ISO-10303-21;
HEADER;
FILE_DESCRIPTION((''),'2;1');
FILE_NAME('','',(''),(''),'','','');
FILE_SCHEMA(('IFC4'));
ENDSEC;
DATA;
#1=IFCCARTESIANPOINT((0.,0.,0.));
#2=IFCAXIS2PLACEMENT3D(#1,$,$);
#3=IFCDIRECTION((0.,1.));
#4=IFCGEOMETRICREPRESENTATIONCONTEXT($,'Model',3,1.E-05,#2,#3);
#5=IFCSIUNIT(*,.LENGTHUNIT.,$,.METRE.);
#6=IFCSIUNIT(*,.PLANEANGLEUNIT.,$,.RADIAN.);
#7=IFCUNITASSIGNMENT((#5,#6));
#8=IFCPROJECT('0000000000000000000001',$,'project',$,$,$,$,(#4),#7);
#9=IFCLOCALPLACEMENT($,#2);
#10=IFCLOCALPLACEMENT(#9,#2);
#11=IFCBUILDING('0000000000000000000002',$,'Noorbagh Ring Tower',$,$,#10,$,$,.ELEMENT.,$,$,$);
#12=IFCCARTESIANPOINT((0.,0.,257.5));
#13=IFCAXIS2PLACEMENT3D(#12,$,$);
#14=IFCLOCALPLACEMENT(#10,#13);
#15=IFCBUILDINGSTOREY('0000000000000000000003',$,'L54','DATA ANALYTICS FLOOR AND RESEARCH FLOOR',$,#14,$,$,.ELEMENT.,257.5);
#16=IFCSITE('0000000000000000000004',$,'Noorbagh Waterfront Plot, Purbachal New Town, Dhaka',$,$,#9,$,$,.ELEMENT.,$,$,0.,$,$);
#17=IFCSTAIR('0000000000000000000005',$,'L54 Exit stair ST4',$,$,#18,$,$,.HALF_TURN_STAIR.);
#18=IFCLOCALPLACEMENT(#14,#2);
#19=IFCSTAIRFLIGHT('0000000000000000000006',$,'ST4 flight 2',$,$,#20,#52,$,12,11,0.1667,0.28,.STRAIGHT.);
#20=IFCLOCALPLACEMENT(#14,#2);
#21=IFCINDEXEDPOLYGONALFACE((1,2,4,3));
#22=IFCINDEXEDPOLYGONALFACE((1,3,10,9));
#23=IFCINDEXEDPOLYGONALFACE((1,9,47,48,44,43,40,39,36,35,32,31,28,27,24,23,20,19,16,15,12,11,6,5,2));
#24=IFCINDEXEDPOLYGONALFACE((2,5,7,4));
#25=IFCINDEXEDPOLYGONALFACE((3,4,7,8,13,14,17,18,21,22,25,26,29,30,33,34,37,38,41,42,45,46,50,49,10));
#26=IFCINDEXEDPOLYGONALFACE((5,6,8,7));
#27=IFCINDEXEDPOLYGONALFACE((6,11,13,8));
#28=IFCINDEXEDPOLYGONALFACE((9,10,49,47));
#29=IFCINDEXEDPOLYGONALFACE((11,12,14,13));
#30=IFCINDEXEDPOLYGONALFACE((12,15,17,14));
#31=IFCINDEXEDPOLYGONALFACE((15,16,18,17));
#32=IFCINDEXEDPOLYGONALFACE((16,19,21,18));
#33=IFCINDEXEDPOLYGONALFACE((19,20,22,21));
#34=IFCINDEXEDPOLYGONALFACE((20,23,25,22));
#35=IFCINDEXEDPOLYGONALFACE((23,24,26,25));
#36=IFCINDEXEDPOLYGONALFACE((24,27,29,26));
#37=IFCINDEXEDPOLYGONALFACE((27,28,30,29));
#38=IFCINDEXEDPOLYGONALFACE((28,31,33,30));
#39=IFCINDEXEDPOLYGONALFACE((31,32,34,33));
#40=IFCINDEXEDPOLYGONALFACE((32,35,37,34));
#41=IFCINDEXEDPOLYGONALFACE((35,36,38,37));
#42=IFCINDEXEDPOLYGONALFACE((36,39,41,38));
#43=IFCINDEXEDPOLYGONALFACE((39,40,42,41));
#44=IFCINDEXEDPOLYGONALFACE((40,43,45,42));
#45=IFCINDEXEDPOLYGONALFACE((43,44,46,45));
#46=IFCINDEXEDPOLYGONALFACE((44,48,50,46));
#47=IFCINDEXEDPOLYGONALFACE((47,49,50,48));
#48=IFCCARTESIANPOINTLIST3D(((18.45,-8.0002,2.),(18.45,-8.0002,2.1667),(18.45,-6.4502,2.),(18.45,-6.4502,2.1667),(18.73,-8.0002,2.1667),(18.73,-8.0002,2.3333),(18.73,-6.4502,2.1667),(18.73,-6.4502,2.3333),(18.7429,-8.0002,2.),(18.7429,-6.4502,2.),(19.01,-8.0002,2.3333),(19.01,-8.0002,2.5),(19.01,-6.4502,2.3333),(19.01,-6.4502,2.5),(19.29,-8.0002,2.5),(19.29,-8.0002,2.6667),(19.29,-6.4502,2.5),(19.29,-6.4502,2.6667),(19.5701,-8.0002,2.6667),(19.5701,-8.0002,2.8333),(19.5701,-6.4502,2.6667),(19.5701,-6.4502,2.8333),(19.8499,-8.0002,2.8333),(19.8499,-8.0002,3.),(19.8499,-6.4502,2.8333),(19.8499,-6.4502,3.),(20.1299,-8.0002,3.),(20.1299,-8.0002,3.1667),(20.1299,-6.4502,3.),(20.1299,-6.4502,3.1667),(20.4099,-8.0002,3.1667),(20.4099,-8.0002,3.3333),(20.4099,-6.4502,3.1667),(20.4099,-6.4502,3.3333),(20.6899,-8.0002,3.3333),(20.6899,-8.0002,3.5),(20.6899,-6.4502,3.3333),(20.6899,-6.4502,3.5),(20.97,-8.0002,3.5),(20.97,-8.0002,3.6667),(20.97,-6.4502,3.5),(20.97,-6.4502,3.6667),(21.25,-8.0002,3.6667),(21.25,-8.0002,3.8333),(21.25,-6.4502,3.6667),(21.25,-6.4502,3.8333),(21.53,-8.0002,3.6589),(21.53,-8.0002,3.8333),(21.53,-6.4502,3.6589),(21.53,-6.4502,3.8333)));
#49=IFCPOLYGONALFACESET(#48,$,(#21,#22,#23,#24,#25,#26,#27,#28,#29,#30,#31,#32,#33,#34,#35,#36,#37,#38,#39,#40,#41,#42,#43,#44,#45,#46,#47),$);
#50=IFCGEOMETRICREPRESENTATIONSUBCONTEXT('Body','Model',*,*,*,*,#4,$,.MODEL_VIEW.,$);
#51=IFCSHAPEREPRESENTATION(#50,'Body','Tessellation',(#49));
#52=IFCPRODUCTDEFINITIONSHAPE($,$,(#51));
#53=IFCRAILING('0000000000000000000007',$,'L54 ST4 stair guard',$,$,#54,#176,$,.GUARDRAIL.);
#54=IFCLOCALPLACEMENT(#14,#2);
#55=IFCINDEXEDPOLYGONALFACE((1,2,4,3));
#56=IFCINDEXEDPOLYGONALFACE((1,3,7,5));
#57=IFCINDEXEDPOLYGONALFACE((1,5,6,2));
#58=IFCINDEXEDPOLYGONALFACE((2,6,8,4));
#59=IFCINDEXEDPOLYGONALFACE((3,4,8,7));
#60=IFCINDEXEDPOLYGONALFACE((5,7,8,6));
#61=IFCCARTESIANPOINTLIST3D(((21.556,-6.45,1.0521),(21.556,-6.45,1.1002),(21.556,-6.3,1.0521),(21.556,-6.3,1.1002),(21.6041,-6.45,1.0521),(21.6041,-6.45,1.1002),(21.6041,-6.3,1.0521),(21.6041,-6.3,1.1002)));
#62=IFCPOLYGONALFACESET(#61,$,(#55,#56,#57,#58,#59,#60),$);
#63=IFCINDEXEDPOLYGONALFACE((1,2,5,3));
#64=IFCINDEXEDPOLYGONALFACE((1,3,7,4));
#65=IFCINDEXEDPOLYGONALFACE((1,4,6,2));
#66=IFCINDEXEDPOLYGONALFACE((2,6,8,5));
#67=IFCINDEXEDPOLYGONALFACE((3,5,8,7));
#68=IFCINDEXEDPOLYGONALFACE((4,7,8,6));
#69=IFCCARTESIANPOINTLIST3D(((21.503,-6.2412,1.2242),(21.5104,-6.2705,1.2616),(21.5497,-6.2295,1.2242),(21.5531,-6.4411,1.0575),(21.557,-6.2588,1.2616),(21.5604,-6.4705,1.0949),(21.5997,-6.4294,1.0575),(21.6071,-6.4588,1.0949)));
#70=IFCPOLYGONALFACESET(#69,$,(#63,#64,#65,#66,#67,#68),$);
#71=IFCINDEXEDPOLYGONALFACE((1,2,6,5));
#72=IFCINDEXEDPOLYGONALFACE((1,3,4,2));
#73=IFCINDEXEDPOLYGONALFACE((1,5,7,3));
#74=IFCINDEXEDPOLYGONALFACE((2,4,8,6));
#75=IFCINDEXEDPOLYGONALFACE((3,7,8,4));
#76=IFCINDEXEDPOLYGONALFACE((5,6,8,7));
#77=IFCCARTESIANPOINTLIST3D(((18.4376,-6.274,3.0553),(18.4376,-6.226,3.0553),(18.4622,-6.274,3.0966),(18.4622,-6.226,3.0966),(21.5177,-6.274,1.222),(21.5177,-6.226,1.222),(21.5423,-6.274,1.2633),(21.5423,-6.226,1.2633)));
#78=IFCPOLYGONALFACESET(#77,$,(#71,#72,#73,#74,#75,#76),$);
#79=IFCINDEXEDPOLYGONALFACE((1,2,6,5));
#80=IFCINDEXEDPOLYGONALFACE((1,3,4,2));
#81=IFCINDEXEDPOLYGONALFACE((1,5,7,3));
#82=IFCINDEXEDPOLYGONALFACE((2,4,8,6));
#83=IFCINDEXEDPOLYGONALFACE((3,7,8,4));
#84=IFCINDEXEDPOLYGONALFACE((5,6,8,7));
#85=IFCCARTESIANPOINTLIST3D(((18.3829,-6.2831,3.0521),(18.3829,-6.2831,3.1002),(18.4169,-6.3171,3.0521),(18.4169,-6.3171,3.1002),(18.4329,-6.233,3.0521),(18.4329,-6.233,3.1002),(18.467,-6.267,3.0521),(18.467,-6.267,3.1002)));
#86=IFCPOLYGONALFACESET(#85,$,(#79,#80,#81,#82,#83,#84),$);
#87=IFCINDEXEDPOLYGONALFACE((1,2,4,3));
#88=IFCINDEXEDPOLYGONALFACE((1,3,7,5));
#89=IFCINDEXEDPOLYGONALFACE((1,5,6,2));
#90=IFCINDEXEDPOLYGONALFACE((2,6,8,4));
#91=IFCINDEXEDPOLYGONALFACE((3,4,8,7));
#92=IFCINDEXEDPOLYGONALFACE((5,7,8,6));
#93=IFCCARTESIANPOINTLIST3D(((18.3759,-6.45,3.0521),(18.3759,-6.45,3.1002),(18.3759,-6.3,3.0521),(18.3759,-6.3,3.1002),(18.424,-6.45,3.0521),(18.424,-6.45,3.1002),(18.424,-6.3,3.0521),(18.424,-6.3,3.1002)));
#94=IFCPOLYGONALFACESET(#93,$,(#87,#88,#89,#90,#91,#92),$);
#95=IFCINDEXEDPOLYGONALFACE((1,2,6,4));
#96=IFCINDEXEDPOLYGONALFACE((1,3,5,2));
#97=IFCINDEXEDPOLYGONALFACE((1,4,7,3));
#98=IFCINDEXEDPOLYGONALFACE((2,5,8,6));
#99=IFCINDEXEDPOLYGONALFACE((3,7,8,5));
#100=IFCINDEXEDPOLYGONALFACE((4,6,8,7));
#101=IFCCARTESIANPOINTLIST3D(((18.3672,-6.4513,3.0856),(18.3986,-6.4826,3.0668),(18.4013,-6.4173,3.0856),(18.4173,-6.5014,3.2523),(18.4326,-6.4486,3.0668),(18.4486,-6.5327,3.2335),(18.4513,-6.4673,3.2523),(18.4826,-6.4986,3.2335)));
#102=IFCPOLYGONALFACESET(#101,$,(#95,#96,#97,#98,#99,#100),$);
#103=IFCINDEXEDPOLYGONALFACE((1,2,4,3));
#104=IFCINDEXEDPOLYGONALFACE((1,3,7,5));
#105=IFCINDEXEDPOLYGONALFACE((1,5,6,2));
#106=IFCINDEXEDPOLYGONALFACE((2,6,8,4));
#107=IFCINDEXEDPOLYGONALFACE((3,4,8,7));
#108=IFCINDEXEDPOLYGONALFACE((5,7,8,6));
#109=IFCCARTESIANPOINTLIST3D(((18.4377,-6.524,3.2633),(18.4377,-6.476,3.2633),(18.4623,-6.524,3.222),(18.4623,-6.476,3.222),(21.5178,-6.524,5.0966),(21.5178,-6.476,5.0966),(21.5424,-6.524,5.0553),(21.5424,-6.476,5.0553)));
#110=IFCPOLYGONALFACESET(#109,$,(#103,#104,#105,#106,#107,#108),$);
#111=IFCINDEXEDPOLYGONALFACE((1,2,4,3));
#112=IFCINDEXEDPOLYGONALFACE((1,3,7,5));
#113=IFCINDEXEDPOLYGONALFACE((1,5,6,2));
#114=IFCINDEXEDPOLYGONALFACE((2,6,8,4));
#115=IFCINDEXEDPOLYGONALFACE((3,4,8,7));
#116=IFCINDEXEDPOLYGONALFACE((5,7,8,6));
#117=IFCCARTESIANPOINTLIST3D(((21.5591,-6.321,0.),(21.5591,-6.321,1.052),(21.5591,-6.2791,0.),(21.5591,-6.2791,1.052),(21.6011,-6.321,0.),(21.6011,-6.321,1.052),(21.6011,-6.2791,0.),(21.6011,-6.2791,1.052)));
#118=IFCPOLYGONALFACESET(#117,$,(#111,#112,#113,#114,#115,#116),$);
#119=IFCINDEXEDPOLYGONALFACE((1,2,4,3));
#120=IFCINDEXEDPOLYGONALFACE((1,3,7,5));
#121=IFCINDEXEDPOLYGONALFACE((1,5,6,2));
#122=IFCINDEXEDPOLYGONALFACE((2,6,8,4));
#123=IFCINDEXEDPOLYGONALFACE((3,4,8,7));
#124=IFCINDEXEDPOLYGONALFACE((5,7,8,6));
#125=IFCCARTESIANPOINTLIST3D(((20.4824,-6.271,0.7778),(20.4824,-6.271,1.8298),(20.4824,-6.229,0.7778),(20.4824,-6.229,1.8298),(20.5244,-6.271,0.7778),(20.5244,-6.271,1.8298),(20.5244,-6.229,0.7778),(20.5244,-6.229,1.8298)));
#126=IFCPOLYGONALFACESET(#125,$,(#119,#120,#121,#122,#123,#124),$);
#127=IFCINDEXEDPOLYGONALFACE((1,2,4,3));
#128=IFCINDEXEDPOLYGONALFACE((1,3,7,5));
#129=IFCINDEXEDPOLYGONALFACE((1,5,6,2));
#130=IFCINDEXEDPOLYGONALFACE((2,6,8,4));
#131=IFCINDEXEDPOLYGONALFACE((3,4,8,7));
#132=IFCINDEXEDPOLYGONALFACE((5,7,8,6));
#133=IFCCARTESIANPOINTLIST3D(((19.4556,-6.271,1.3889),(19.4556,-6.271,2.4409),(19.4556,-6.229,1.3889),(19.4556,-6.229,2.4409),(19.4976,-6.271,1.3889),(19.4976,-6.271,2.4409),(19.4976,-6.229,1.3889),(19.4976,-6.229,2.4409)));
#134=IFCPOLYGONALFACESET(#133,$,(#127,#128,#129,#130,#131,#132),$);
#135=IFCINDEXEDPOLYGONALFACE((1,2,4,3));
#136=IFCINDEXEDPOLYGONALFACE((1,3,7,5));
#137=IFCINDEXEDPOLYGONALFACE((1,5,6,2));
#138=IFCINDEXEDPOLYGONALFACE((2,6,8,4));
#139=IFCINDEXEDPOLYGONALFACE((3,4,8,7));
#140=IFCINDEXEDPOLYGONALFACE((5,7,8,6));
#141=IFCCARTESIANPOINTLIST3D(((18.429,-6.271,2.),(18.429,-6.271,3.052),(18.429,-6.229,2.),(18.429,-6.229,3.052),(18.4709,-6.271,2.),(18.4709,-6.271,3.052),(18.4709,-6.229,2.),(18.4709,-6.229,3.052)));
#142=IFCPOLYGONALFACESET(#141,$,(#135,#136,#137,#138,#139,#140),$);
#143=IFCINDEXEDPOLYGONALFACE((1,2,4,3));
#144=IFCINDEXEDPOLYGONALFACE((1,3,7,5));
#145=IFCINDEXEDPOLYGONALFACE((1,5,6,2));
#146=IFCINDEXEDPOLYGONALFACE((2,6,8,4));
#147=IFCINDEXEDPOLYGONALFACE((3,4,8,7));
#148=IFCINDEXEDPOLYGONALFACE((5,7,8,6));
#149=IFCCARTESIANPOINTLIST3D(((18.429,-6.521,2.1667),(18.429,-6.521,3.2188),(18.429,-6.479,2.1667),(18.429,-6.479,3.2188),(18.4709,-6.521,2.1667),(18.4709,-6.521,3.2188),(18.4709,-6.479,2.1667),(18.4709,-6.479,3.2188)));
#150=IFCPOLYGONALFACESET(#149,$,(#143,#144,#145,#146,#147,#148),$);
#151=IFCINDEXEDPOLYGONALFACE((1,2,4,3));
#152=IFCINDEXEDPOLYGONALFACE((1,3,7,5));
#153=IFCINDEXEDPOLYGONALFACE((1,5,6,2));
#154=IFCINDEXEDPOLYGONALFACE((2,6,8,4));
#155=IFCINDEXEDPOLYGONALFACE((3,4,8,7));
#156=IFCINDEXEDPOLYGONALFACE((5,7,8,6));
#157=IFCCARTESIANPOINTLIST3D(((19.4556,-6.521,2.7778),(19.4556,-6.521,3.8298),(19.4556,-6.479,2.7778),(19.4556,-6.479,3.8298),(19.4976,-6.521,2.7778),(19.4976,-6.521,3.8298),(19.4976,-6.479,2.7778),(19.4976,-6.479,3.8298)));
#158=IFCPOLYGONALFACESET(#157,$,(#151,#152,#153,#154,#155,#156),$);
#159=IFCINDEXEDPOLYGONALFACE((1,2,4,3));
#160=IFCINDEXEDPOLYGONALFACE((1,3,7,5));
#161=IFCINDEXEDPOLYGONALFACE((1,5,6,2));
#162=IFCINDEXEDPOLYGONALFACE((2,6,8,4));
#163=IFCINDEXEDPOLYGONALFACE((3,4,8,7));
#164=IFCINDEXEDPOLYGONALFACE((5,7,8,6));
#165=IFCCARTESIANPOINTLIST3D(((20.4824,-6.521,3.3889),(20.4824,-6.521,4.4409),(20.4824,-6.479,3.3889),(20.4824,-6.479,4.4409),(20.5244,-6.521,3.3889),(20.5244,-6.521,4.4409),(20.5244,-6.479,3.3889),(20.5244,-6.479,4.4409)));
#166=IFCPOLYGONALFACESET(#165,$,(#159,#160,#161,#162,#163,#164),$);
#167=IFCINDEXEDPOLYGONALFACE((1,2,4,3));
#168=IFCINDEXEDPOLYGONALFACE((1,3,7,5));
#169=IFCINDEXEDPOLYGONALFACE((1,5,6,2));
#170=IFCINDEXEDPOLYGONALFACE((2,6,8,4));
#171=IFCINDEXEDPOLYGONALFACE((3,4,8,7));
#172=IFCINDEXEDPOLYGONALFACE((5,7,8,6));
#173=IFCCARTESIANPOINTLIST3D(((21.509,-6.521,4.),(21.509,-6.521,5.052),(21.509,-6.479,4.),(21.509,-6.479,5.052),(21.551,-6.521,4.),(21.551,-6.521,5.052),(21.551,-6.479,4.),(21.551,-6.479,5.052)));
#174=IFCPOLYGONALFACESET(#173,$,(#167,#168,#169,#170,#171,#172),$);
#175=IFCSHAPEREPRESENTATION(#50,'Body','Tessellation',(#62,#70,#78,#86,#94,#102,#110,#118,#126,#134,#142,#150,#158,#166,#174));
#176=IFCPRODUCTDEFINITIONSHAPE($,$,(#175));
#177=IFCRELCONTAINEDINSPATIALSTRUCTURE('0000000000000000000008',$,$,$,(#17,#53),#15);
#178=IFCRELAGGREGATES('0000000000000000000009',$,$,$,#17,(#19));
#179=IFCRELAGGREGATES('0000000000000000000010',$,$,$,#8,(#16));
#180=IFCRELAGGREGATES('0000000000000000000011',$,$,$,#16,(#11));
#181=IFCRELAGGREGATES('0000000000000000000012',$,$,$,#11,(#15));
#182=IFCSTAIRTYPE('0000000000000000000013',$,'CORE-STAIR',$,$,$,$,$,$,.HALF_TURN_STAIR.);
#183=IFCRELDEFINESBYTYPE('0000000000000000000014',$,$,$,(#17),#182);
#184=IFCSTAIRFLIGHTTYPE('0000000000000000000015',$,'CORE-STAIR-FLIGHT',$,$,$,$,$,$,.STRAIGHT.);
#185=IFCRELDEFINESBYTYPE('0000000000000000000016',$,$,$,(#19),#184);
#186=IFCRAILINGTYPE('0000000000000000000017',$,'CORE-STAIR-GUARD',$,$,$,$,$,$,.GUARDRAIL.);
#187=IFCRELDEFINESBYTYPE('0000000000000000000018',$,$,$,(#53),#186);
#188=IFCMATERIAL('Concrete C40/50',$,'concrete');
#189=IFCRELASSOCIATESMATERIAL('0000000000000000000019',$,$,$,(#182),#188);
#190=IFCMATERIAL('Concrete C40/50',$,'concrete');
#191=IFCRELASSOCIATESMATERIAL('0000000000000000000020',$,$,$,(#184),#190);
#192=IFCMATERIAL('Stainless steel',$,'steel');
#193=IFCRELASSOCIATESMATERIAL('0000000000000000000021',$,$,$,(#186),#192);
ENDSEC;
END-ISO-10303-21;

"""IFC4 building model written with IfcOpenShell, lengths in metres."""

from ifc_helpers import new_model, si_unit, direction, frame, origin, origin_2d, place, context, subcontext, project, spatial, polyline, rectangle, outline, extrude, material, type_object, element, aggregate, save


model = new_model("IFC4")

# Units and contexts
model_context = context("Model", 3, precision=1e-05, world=origin(), true_north=direction((0.0, 1.0)))
body_context = subcontext(model_context, "Body", "Model", "MODEL_VIEW")
ifc_project = project(units=[si_unit("LENGTHUNIT", "METRE"), si_unit("PLANEANGLEUNIT", "RADIAN")], contexts=[model_context])

# Site, building, storey
site_placement = place(None, origin())
site = spatial("IfcSite", under=ifc_project, at=site_placement, Name="Noorbagh Waterfront Plot, Purbachal New Town, Dhaka", CompositionType="ELEMENT", RefElevation=0.0)
building_placement = place(site_placement, origin())
building = spatial("IfcBuilding", under=site, at=building_placement, Name="Noorbagh Ring Tower", CompositionType="ELEMENT")
storey_placement = place(building_placement, frame((0.0, 0.0, 257.5)))
storey = spatial("IfcBuildingStorey", under=building, at=storey_placement, Name="L54", Description="DATA ANALYTICS FLOOR AND RESEARCH FLOOR", CompositionType="ELEMENT", Elevation=257.5)

# Stair, stair flight
ifc_material_1 = material(Name="Concrete C40/50", Category="concrete")
stair_type = type_object("IfcStairType", Name="CORE-STAIR", PredefinedType="HALF_TURN_STAIR", material=ifc_material_1)
stair_placement = place(storey_placement, origin())
stair = element("IfcStair", 1, at=stair_placement, inside=storey, type_object=stair_type, Name="L54 Exit stair ST4", PredefinedType="HALF_TURN_STAIR")
ifc_material_2 = material(Name="Concrete C40/50", Category="concrete")
stair_flight_type = type_object("IfcStairFlightType", Name="CORE-STAIR-FLIGHT", PredefinedType="STRAIGHT", material=ifc_material_2)
stair_flight_1_placement = place(storey_placement, frame((18.45, -7.2251, 2.0), z_axis=(0.0, 0.0, 1.0), x_axis=(1.0, 0.0, 0.0)))
stair_flight_1 = element("IfcStairFlight", 2, at=stair_flight_1_placement, type_object=stair_flight_type, Name="ST4 flight 2", NumberOfRisers=12, NumberOfTreads=11, PredefinedType="STRAIGHT", RiserHeight=0.1667, TreadLength=0.28, context=body_context, shape_type="SweptSolid", body=[
    extrude(outline(polyline([(0.0, 0.0), (0.0, 0.1667), (0.28, 0.1667), (0.28, 0.3333), (0.5601, 0.3333), (0.5601, 0.5), (0.8401, 0.5), (0.8401, 0.6667), (1.1201, 0.6667), (1.1201, 0.8333), (1.3999, 0.8333), (1.3999, 1.0), (1.6799, 1.0), (1.6799, 1.1667), (1.96, 1.1667), (1.96, 1.3333), (2.24, 1.3333), (2.24, 1.5), (2.52, 1.5), (2.52, 1.6667), (2.8, 1.6667), (2.8, 1.8333), (3.0801, 1.8333), (3.0801, 2.0), (3.0801, 1.6589), (0.293, 0.0), (0.0, 0.0)])), frame((0.0, 0.7749, 0.0), z_axis=(0.0, -1.0, 0.0), x_axis=(1.0, 0.0, 0.0)), (0.0, 0.0, 1.0), 1.55),
])
aggregate(stair, [stair_flight_1])

# Railing
ifc_material_3 = material(Name="Stainless steel", Category="steel")
railing_type_1 = type_object("IfcRailingType", Name="CORE-STAIR-GUARD", PredefinedType="GUARDRAIL", material=ifc_material_3)
railing_1_placement = place(storey_placement, frame((21.5801, -6.3, 0.0)))
element("IfcRailing", 3, at=railing_1_placement, inside=storey, type_object=railing_type_1, Name="L54 ST4 stair guard", PredefinedType="GUARDRAIL", context=body_context, shape_type="SweptSolid", body=[
    extrude(rectangle(XDim=0.0481, YDim=0.0481, at=origin_2d()), frame((0.0, 0.0, 1.0762), z_axis=(0.0, -1.0, 0.0), x_axis=(1.0, 0.0, 0.0)), (0.0, 0.0, 1.0), 0.1499),
    extrude(rectangle(XDim=0.0481, YDim=0.0481, at=origin_2d()), frame((0.0, -0.1499, 1.0762), z_axis=(-0.188776, 0.754182, 0.628946), x_axis=(-0.970073, -0.242814, 0.0)), (0.0, 0.0, 1.0), 0.2651),
    extrude(rectangle(XDim=0.0481, YDim=0.0481, at=origin_2d()), frame((-0.05, 0.05, 1.2427), z_axis=(-0.859309, 0.0, 0.511458), x_axis=(0.0, -1.0, 0.0)), (0.0, 0.0, 1.0), 3.5845),
    extrude(rectangle(XDim=0.0481, YDim=0.0481, at=origin_2d()), frame((-3.1301, 0.05, 3.0762), z_axis=(-0.707107, -0.707107, 0.0), x_axis=(0.707107, -0.707107, 0.0)), (0.0, 0.0, 1.0), 0.0708),
    extrude(rectangle(XDim=0.0481, YDim=0.0481, at=origin_2d()), frame((-3.1802, 0.0, 3.0762), z_axis=(0.0, -1.0, 0.0), x_axis=(1.0, 0.0, 0.0)), (0.0, 0.0, 1.0), 0.1499),
    extrude(rectangle(XDim=0.0481, YDim=0.0481, at=origin_2d()), frame((-3.1802, -0.1499, 3.0762), z_axis=(0.276287, -0.276287, 0.920506), x_axis=(0.707107, 0.707107, 0.0)), (0.0, 0.0, 1.0), 0.1812),
    extrude(rectangle(XDim=0.0481, YDim=0.0481, at=origin_2d()), frame((-3.1301, -0.2, 3.2427), z_axis=(0.859309, 0.0, 0.511458), x_axis=(0.0, 1.0, 0.0)), (0.0, 0.0, 1.0), 3.5845),
    extrude(rectangle(XDim=0.042, YDim=0.042, at=origin_2d()), origin(), (0.0, 0.0, 1.0), 1.052),
    extrude(rectangle(XDim=0.042, YDim=0.042, at=origin_2d()), frame((-1.0767, 0.05, 0.7778)), (0.0, 0.0, 1.0), 1.052),
    extrude(rectangle(XDim=0.042, YDim=0.042, at=origin_2d()), frame((-2.1035, 0.05, 1.3889)), (0.0, 0.0, 1.0), 1.052),
    extrude(rectangle(XDim=0.042, YDim=0.042, at=origin_2d()), frame((-3.1301, 0.05, 2.0)), (0.0, 0.0, 1.0), 1.052),
    extrude(rectangle(XDim=0.042, YDim=0.042, at=origin_2d()), frame((-3.1301, -0.2, 2.1667)), (0.0, 0.0, 1.0), 1.052),
    extrude(rectangle(XDim=0.042, YDim=0.042, at=origin_2d()), frame((-2.1035, -0.2, 2.7778)), (0.0, 0.0, 1.0), 1.052),
    extrude(rectangle(XDim=0.042, YDim=0.042, at=origin_2d()), frame((-1.0767, -0.2, 3.3889)), (0.0, 0.0, 1.0), 1.052),
    extrude(rectangle(XDim=0.042, YDim=0.042, at=origin_2d()), frame((-0.05, -0.2, 4.0)), (0.0, 0.0, 1.0), 1.052),
])

save(model, "model.ifc")
